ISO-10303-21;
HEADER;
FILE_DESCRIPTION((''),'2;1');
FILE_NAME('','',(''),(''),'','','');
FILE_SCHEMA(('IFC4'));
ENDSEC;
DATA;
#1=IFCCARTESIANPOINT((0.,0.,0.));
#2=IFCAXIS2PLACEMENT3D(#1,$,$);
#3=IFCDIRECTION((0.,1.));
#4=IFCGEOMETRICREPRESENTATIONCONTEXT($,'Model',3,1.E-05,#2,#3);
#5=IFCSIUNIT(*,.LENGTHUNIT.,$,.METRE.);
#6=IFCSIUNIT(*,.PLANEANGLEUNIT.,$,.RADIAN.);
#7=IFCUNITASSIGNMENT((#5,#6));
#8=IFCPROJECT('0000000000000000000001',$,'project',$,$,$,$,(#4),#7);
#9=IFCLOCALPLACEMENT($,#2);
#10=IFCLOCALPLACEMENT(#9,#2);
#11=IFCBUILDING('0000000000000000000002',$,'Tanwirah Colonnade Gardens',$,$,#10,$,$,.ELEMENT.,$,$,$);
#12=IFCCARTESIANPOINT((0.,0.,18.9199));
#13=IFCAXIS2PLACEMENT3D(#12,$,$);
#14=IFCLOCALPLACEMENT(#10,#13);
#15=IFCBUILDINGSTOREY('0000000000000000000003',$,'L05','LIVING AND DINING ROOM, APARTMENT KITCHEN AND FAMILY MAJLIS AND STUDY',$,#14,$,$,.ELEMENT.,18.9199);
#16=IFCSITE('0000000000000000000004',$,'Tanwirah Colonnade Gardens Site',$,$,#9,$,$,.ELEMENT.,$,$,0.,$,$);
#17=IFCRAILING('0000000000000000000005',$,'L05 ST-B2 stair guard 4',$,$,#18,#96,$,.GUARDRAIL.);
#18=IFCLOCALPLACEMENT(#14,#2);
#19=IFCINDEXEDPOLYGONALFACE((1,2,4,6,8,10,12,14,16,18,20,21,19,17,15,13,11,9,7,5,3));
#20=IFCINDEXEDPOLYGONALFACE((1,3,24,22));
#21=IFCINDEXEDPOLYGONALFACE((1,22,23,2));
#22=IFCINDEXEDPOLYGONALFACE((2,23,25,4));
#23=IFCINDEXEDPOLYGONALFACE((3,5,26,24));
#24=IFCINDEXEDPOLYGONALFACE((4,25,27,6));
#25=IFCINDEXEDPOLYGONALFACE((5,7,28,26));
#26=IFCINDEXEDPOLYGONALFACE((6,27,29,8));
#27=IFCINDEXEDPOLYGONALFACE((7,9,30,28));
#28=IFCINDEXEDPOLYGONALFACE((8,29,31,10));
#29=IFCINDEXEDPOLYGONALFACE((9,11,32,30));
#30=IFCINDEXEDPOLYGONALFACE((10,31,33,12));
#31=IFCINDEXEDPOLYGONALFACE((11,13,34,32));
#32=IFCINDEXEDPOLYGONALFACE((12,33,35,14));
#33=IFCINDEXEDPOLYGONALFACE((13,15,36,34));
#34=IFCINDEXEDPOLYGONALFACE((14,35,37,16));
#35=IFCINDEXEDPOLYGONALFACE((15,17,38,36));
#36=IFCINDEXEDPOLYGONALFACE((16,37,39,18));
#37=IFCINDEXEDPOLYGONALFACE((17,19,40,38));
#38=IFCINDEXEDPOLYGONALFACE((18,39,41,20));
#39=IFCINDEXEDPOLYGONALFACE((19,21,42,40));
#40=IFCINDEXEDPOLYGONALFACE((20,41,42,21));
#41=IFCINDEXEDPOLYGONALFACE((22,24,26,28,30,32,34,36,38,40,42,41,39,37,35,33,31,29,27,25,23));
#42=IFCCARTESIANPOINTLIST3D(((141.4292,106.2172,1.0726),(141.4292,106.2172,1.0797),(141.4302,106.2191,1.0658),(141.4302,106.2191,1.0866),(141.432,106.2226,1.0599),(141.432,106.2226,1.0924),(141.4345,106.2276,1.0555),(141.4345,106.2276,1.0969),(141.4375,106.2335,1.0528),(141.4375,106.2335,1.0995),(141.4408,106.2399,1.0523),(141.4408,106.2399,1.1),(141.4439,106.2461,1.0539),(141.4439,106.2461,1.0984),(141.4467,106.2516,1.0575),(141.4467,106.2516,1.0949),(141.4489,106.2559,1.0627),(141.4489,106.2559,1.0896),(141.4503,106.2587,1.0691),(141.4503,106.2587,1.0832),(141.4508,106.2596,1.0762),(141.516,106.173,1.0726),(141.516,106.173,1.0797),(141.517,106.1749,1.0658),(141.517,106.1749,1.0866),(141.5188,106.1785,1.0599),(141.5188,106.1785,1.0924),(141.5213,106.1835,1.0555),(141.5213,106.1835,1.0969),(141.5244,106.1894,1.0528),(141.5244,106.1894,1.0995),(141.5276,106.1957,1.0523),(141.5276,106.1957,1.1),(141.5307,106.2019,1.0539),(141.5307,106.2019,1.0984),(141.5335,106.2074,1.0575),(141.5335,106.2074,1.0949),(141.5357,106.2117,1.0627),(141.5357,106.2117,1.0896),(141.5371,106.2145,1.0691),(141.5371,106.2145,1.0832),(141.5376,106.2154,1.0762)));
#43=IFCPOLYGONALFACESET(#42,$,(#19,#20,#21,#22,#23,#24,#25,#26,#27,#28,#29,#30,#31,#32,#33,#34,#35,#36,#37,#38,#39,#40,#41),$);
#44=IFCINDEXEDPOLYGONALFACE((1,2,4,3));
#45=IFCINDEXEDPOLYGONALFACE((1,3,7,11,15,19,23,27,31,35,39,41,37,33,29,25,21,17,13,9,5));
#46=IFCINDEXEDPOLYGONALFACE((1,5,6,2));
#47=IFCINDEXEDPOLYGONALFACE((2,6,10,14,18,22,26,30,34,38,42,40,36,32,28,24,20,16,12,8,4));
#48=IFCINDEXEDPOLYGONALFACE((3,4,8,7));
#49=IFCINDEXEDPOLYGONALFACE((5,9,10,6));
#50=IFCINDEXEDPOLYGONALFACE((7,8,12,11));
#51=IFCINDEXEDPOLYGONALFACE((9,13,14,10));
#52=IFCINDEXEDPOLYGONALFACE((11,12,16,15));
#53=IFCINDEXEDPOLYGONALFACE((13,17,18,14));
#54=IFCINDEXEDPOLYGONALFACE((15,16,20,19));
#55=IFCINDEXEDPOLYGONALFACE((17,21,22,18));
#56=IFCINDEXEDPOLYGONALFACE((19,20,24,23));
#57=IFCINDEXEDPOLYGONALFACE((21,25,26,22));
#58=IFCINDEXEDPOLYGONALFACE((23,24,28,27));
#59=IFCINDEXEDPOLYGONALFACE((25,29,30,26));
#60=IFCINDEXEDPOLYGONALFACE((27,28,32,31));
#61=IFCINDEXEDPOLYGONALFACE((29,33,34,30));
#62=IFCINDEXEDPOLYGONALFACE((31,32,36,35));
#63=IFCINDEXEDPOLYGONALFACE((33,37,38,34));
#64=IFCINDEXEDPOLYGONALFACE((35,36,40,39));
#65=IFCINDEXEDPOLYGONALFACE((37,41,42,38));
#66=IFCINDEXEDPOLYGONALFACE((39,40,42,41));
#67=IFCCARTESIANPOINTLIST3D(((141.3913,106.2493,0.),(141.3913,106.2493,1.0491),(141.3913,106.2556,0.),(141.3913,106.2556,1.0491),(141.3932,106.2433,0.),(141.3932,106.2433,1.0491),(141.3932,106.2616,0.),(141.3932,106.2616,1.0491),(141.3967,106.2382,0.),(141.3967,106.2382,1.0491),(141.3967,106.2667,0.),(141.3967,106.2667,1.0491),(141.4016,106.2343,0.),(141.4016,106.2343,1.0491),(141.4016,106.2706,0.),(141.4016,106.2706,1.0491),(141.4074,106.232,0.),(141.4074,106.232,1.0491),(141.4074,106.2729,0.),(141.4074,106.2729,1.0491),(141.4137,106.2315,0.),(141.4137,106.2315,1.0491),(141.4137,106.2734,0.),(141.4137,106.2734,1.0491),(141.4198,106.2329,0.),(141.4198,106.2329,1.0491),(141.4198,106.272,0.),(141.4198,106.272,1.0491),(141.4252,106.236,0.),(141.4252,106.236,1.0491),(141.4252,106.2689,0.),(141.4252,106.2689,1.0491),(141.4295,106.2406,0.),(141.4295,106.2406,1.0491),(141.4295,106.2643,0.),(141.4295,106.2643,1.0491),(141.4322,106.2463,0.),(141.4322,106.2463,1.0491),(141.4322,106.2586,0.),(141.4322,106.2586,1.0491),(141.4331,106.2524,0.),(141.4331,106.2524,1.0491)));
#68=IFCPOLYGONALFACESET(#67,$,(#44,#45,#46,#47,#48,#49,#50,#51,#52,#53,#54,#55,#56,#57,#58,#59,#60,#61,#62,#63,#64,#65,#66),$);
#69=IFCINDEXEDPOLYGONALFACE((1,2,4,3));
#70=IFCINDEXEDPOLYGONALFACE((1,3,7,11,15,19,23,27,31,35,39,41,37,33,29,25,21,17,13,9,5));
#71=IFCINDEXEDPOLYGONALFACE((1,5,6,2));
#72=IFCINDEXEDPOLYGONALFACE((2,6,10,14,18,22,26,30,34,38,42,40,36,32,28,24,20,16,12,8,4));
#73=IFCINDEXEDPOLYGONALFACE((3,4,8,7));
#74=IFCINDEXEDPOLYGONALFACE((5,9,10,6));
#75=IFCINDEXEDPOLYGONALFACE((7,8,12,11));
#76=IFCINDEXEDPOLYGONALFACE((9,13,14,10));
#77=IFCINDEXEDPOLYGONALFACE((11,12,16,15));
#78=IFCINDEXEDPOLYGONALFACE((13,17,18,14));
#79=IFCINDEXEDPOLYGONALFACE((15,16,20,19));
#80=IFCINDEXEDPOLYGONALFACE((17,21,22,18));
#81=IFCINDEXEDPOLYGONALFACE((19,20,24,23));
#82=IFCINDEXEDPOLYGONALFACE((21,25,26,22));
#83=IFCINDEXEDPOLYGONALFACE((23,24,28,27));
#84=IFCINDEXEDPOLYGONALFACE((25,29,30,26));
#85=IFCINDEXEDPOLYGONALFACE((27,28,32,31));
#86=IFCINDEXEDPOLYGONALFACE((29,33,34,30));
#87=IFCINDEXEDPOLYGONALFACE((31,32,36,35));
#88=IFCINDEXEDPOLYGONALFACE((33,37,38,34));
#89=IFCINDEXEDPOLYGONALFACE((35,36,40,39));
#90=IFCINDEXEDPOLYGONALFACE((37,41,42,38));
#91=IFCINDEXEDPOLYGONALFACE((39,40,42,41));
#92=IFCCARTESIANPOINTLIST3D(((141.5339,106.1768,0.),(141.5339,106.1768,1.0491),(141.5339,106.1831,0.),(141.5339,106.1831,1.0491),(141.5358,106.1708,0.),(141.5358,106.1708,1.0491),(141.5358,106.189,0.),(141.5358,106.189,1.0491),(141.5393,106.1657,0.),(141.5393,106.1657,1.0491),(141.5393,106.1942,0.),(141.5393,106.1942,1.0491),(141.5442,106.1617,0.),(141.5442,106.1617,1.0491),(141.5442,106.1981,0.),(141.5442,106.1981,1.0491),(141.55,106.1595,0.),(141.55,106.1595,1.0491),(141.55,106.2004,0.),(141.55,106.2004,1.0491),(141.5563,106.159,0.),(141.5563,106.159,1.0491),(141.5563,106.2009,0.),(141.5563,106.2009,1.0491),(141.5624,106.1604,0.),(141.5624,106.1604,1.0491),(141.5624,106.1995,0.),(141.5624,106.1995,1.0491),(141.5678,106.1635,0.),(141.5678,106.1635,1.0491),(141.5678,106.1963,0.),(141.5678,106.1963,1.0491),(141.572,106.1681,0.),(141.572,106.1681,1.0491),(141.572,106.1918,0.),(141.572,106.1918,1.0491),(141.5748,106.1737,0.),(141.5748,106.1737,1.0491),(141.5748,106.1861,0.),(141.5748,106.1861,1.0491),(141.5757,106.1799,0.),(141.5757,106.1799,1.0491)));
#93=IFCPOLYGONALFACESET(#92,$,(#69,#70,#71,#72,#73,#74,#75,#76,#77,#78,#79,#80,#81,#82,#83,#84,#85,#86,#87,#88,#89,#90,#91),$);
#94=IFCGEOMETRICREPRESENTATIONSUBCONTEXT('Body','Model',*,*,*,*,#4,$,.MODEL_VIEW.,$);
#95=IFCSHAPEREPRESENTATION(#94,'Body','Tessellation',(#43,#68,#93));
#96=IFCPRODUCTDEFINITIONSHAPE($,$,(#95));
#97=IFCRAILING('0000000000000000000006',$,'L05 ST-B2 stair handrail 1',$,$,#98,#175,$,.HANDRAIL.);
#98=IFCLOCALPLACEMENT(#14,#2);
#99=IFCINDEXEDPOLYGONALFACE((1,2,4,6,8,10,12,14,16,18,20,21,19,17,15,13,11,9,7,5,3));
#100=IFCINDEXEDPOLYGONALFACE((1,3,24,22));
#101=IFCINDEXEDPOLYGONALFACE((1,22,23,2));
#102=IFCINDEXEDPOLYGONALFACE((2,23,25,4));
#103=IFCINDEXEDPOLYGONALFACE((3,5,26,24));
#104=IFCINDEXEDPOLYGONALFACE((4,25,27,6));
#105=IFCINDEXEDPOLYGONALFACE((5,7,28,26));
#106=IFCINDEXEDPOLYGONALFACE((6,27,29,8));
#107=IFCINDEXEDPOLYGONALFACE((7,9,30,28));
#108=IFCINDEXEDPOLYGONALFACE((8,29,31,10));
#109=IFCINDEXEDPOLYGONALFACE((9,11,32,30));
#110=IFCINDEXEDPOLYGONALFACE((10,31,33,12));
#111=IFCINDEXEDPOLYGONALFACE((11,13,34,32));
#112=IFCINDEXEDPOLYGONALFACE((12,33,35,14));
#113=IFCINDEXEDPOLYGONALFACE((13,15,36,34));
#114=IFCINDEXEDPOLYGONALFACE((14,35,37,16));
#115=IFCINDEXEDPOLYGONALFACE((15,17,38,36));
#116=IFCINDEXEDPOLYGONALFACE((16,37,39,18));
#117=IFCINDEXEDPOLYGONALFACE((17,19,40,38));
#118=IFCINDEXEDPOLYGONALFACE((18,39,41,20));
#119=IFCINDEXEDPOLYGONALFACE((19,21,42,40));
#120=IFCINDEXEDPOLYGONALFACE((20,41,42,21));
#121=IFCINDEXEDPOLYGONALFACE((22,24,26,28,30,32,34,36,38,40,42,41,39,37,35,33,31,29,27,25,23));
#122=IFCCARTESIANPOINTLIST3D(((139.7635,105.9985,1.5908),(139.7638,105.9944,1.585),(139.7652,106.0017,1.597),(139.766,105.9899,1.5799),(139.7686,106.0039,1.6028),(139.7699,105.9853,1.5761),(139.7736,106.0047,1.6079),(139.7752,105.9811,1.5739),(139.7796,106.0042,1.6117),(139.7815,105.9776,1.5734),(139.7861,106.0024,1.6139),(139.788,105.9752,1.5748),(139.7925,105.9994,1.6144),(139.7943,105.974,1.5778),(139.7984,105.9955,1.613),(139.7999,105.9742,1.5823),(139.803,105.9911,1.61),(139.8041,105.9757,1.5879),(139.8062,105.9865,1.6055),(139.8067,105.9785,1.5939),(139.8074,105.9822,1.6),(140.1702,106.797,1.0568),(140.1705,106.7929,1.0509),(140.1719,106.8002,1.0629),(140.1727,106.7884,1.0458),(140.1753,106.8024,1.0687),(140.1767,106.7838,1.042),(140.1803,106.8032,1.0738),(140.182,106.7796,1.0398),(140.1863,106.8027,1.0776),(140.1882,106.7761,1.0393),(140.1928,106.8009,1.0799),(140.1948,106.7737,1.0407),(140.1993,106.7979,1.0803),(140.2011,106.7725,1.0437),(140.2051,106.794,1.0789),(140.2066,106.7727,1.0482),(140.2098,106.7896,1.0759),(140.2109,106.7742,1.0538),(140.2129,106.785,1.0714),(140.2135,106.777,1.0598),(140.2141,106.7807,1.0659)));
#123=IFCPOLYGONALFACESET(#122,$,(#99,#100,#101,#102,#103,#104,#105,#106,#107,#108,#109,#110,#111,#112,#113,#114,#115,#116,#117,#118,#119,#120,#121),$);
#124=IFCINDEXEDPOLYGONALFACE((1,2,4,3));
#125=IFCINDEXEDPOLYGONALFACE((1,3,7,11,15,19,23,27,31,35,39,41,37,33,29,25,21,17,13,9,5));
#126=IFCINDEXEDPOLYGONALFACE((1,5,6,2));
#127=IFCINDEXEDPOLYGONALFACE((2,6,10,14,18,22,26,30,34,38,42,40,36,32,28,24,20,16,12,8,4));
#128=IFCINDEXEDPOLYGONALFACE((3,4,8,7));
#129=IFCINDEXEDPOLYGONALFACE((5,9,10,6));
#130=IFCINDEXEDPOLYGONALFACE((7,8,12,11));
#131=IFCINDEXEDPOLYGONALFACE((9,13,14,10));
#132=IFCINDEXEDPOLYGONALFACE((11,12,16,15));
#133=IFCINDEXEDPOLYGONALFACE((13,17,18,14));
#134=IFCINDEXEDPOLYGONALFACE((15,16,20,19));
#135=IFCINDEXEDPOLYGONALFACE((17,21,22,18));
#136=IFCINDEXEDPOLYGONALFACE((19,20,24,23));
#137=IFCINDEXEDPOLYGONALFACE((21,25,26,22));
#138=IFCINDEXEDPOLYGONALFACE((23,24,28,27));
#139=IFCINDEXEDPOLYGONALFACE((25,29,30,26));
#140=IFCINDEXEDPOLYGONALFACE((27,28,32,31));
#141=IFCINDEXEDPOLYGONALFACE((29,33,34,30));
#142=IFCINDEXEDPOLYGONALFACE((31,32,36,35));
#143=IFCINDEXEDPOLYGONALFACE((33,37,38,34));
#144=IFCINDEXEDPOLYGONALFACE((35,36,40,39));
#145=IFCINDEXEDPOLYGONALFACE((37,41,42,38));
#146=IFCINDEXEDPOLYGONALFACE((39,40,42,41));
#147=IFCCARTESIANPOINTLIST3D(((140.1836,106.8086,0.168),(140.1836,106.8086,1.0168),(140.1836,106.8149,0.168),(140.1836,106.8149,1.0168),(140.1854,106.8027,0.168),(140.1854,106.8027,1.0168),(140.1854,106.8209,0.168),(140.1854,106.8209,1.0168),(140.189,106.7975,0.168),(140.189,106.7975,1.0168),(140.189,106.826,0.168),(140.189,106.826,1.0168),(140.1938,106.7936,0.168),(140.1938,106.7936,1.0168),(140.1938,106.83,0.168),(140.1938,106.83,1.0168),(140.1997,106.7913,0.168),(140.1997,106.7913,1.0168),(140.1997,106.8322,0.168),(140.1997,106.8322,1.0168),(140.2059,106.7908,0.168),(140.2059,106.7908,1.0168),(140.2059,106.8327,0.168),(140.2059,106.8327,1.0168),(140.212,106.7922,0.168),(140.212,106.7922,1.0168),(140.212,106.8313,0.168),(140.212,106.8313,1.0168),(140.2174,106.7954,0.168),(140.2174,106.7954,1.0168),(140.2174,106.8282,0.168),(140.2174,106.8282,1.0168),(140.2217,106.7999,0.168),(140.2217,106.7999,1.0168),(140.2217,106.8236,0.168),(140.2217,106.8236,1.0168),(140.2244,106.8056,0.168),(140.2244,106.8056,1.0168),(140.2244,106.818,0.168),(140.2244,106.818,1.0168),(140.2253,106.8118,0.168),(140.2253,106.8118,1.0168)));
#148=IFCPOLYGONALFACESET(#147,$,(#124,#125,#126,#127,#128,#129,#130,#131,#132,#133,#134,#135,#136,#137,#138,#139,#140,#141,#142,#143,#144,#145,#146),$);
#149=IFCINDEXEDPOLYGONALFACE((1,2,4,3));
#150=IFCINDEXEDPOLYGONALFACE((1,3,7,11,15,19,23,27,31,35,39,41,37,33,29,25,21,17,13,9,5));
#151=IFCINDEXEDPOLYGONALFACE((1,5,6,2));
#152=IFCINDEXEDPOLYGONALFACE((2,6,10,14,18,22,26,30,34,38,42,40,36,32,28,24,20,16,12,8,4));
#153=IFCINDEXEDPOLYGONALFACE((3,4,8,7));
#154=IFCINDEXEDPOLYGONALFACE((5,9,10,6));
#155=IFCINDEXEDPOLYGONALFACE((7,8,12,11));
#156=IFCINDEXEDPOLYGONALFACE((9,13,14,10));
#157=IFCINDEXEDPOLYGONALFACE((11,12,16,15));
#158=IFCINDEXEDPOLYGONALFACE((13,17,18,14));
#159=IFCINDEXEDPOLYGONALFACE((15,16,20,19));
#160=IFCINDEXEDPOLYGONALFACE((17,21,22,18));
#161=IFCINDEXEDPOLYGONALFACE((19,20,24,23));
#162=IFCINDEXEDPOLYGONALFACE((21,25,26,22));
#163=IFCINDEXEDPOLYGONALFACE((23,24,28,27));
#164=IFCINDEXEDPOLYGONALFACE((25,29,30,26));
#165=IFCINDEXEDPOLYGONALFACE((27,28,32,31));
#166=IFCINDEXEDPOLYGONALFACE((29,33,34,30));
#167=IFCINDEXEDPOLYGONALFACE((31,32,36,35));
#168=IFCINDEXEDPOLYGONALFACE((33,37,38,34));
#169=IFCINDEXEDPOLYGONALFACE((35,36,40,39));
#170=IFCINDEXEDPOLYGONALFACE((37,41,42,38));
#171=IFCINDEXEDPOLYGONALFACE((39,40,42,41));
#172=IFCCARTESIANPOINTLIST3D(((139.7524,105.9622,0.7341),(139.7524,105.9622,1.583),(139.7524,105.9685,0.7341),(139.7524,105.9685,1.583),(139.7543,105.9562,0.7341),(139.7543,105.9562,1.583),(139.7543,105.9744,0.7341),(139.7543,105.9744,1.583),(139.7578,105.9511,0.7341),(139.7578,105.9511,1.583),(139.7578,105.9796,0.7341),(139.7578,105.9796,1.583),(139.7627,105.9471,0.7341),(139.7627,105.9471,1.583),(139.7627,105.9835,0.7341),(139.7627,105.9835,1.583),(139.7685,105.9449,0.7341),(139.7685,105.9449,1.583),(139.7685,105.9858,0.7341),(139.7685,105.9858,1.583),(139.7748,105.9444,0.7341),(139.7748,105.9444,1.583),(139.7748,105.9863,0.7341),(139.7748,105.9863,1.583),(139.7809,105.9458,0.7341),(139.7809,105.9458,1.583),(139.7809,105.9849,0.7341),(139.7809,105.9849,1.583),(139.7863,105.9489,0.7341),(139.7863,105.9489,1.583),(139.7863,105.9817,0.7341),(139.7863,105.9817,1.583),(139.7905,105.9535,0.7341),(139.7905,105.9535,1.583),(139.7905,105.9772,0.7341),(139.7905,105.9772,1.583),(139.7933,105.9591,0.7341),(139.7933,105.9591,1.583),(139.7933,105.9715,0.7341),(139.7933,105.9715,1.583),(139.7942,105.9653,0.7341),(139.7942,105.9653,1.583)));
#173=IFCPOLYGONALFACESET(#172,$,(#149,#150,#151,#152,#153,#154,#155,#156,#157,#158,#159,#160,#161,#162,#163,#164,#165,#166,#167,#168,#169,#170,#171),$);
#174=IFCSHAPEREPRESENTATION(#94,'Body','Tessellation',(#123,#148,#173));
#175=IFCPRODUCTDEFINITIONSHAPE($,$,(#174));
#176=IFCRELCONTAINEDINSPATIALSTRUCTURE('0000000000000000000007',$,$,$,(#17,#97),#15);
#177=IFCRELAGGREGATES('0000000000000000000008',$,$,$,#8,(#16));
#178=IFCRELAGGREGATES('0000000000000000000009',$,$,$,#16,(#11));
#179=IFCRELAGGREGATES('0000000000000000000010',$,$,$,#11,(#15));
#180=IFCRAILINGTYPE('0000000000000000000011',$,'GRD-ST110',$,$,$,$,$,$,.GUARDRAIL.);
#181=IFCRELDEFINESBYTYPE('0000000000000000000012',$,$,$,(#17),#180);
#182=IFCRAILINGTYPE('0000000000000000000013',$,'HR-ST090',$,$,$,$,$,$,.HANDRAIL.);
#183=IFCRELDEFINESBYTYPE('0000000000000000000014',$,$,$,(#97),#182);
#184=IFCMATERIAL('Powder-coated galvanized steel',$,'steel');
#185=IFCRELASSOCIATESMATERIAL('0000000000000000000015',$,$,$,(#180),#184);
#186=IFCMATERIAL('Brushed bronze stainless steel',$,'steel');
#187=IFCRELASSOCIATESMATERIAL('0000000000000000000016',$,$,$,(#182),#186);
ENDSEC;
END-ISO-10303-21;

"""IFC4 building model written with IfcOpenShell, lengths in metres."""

from ifc_helpers import new_model, si_unit, direction, frame, origin, origin_2d, place, context, subcontext, project, spatial, circle, extrude, material, type_object, element, save


model = new_model("IFC4")

# Units and contexts
model_context = context("Model", 3, precision=1e-05, world=origin(), true_north=direction((0.0, 1.0)))
body_context = subcontext(model_context, "Body", "Model", "MODEL_VIEW")
ifc_project = project(units=[si_unit("LENGTHUNIT", "METRE"), si_unit("PLANEANGLEUNIT", "RADIAN")], contexts=[model_context])

# Site, building, storey
site_placement = place(None, origin())
site = spatial("IfcSite", under=ifc_project, at=site_placement, Name="Tanwirah Colonnade Gardens Site", CompositionType="ELEMENT", RefElevation=0.0)
building_placement = place(site_placement, origin())
building = spatial("IfcBuilding", under=site, at=building_placement, Name="Tanwirah Colonnade Gardens", CompositionType="ELEMENT")
storey_placement = place(building_placement, frame((0.0, 0.0, 18.9199)))
storey = spatial("IfcBuildingStorey", under=building, at=storey_placement, Name="L05", Description="LIVING AND DINING ROOM, APARTMENT KITCHEN AND FAMILY MAJLIS AND STUDY", CompositionType="ELEMENT", Elevation=18.9199)

# Railings
ifc_material_1 = material(Name="Powder-coated galvanized steel", Category="steel")
railing_type_1 = type_object("IfcRailingType", Name="GRD-ST110", PredefinedType="GUARDRAIL", material=ifc_material_1)
railing_1_placement = place(storey_placement, frame((141.4121, 106.2524, 0.0)))
element("IfcRailing", 1, at=railing_1_placement, inside=storey, type_object=railing_type_1, Name="L05 ST-B2 stair guard 4", PredefinedType="GUARDRAIL", context=body_context, shape_type="SweptSolid", body=[
    extrude(circle(Radius=0.0239, at=origin_2d()), frame((0.0278, -0.0142, 1.0762), z_axis=(0.891354, -0.453308, 0.0), x_axis=(0.453308, 0.891354, 0.0)), (0.0, 0.0, 1.0), 0.0974),
    extrude(circle(Radius=0.021, at=origin_2d()), origin(), (0.0, 0.0, 1.0), 1.0491),
    extrude(circle(Radius=0.021, at=origin_2d()), frame((0.1426, -0.0725, 0.0)), (0.0, 0.0, 1.0), 1.0491),
])
ifc_material_2 = material(Name="Brushed bronze stainless steel", Category="steel")
railing_type_2 = type_object("IfcRailingType", Name="HR-ST090", PredefinedType="HANDRAIL", material=ifc_material_2)
railing_2_placement = place(storey_placement, frame((140.2043, 106.8118, 0.168)))
element("IfcRailing", 2, at=railing_2_placement, inside=storey, type_object=railing_type_2, Name="L05 ST-B2 stair handrail 1", PredefinedType="HANDRAIL", context=body_context, shape_type="SweptSolid", body=[
    extrude(circle(Radius=0.0239, at=origin_2d()), frame((-0.0122, -0.0239, 0.8918), z_axis=(-0.389886, -0.765422, 0.511974), x_axis=(0.891061, -0.453883, 0.0)), (0.0, 0.0, 1.0), 1.0432),
    extrude(circle(Radius=0.021, at=origin_2d()), origin(), (0.0, 0.0, 1.0), 0.8489),
    extrude(circle(Radius=0.021, at=origin_2d()), frame((-0.4312, -0.8464, 0.5662)), (0.0, 0.0, 1.0), 0.8489),
])

save(model, "model.ifc")
